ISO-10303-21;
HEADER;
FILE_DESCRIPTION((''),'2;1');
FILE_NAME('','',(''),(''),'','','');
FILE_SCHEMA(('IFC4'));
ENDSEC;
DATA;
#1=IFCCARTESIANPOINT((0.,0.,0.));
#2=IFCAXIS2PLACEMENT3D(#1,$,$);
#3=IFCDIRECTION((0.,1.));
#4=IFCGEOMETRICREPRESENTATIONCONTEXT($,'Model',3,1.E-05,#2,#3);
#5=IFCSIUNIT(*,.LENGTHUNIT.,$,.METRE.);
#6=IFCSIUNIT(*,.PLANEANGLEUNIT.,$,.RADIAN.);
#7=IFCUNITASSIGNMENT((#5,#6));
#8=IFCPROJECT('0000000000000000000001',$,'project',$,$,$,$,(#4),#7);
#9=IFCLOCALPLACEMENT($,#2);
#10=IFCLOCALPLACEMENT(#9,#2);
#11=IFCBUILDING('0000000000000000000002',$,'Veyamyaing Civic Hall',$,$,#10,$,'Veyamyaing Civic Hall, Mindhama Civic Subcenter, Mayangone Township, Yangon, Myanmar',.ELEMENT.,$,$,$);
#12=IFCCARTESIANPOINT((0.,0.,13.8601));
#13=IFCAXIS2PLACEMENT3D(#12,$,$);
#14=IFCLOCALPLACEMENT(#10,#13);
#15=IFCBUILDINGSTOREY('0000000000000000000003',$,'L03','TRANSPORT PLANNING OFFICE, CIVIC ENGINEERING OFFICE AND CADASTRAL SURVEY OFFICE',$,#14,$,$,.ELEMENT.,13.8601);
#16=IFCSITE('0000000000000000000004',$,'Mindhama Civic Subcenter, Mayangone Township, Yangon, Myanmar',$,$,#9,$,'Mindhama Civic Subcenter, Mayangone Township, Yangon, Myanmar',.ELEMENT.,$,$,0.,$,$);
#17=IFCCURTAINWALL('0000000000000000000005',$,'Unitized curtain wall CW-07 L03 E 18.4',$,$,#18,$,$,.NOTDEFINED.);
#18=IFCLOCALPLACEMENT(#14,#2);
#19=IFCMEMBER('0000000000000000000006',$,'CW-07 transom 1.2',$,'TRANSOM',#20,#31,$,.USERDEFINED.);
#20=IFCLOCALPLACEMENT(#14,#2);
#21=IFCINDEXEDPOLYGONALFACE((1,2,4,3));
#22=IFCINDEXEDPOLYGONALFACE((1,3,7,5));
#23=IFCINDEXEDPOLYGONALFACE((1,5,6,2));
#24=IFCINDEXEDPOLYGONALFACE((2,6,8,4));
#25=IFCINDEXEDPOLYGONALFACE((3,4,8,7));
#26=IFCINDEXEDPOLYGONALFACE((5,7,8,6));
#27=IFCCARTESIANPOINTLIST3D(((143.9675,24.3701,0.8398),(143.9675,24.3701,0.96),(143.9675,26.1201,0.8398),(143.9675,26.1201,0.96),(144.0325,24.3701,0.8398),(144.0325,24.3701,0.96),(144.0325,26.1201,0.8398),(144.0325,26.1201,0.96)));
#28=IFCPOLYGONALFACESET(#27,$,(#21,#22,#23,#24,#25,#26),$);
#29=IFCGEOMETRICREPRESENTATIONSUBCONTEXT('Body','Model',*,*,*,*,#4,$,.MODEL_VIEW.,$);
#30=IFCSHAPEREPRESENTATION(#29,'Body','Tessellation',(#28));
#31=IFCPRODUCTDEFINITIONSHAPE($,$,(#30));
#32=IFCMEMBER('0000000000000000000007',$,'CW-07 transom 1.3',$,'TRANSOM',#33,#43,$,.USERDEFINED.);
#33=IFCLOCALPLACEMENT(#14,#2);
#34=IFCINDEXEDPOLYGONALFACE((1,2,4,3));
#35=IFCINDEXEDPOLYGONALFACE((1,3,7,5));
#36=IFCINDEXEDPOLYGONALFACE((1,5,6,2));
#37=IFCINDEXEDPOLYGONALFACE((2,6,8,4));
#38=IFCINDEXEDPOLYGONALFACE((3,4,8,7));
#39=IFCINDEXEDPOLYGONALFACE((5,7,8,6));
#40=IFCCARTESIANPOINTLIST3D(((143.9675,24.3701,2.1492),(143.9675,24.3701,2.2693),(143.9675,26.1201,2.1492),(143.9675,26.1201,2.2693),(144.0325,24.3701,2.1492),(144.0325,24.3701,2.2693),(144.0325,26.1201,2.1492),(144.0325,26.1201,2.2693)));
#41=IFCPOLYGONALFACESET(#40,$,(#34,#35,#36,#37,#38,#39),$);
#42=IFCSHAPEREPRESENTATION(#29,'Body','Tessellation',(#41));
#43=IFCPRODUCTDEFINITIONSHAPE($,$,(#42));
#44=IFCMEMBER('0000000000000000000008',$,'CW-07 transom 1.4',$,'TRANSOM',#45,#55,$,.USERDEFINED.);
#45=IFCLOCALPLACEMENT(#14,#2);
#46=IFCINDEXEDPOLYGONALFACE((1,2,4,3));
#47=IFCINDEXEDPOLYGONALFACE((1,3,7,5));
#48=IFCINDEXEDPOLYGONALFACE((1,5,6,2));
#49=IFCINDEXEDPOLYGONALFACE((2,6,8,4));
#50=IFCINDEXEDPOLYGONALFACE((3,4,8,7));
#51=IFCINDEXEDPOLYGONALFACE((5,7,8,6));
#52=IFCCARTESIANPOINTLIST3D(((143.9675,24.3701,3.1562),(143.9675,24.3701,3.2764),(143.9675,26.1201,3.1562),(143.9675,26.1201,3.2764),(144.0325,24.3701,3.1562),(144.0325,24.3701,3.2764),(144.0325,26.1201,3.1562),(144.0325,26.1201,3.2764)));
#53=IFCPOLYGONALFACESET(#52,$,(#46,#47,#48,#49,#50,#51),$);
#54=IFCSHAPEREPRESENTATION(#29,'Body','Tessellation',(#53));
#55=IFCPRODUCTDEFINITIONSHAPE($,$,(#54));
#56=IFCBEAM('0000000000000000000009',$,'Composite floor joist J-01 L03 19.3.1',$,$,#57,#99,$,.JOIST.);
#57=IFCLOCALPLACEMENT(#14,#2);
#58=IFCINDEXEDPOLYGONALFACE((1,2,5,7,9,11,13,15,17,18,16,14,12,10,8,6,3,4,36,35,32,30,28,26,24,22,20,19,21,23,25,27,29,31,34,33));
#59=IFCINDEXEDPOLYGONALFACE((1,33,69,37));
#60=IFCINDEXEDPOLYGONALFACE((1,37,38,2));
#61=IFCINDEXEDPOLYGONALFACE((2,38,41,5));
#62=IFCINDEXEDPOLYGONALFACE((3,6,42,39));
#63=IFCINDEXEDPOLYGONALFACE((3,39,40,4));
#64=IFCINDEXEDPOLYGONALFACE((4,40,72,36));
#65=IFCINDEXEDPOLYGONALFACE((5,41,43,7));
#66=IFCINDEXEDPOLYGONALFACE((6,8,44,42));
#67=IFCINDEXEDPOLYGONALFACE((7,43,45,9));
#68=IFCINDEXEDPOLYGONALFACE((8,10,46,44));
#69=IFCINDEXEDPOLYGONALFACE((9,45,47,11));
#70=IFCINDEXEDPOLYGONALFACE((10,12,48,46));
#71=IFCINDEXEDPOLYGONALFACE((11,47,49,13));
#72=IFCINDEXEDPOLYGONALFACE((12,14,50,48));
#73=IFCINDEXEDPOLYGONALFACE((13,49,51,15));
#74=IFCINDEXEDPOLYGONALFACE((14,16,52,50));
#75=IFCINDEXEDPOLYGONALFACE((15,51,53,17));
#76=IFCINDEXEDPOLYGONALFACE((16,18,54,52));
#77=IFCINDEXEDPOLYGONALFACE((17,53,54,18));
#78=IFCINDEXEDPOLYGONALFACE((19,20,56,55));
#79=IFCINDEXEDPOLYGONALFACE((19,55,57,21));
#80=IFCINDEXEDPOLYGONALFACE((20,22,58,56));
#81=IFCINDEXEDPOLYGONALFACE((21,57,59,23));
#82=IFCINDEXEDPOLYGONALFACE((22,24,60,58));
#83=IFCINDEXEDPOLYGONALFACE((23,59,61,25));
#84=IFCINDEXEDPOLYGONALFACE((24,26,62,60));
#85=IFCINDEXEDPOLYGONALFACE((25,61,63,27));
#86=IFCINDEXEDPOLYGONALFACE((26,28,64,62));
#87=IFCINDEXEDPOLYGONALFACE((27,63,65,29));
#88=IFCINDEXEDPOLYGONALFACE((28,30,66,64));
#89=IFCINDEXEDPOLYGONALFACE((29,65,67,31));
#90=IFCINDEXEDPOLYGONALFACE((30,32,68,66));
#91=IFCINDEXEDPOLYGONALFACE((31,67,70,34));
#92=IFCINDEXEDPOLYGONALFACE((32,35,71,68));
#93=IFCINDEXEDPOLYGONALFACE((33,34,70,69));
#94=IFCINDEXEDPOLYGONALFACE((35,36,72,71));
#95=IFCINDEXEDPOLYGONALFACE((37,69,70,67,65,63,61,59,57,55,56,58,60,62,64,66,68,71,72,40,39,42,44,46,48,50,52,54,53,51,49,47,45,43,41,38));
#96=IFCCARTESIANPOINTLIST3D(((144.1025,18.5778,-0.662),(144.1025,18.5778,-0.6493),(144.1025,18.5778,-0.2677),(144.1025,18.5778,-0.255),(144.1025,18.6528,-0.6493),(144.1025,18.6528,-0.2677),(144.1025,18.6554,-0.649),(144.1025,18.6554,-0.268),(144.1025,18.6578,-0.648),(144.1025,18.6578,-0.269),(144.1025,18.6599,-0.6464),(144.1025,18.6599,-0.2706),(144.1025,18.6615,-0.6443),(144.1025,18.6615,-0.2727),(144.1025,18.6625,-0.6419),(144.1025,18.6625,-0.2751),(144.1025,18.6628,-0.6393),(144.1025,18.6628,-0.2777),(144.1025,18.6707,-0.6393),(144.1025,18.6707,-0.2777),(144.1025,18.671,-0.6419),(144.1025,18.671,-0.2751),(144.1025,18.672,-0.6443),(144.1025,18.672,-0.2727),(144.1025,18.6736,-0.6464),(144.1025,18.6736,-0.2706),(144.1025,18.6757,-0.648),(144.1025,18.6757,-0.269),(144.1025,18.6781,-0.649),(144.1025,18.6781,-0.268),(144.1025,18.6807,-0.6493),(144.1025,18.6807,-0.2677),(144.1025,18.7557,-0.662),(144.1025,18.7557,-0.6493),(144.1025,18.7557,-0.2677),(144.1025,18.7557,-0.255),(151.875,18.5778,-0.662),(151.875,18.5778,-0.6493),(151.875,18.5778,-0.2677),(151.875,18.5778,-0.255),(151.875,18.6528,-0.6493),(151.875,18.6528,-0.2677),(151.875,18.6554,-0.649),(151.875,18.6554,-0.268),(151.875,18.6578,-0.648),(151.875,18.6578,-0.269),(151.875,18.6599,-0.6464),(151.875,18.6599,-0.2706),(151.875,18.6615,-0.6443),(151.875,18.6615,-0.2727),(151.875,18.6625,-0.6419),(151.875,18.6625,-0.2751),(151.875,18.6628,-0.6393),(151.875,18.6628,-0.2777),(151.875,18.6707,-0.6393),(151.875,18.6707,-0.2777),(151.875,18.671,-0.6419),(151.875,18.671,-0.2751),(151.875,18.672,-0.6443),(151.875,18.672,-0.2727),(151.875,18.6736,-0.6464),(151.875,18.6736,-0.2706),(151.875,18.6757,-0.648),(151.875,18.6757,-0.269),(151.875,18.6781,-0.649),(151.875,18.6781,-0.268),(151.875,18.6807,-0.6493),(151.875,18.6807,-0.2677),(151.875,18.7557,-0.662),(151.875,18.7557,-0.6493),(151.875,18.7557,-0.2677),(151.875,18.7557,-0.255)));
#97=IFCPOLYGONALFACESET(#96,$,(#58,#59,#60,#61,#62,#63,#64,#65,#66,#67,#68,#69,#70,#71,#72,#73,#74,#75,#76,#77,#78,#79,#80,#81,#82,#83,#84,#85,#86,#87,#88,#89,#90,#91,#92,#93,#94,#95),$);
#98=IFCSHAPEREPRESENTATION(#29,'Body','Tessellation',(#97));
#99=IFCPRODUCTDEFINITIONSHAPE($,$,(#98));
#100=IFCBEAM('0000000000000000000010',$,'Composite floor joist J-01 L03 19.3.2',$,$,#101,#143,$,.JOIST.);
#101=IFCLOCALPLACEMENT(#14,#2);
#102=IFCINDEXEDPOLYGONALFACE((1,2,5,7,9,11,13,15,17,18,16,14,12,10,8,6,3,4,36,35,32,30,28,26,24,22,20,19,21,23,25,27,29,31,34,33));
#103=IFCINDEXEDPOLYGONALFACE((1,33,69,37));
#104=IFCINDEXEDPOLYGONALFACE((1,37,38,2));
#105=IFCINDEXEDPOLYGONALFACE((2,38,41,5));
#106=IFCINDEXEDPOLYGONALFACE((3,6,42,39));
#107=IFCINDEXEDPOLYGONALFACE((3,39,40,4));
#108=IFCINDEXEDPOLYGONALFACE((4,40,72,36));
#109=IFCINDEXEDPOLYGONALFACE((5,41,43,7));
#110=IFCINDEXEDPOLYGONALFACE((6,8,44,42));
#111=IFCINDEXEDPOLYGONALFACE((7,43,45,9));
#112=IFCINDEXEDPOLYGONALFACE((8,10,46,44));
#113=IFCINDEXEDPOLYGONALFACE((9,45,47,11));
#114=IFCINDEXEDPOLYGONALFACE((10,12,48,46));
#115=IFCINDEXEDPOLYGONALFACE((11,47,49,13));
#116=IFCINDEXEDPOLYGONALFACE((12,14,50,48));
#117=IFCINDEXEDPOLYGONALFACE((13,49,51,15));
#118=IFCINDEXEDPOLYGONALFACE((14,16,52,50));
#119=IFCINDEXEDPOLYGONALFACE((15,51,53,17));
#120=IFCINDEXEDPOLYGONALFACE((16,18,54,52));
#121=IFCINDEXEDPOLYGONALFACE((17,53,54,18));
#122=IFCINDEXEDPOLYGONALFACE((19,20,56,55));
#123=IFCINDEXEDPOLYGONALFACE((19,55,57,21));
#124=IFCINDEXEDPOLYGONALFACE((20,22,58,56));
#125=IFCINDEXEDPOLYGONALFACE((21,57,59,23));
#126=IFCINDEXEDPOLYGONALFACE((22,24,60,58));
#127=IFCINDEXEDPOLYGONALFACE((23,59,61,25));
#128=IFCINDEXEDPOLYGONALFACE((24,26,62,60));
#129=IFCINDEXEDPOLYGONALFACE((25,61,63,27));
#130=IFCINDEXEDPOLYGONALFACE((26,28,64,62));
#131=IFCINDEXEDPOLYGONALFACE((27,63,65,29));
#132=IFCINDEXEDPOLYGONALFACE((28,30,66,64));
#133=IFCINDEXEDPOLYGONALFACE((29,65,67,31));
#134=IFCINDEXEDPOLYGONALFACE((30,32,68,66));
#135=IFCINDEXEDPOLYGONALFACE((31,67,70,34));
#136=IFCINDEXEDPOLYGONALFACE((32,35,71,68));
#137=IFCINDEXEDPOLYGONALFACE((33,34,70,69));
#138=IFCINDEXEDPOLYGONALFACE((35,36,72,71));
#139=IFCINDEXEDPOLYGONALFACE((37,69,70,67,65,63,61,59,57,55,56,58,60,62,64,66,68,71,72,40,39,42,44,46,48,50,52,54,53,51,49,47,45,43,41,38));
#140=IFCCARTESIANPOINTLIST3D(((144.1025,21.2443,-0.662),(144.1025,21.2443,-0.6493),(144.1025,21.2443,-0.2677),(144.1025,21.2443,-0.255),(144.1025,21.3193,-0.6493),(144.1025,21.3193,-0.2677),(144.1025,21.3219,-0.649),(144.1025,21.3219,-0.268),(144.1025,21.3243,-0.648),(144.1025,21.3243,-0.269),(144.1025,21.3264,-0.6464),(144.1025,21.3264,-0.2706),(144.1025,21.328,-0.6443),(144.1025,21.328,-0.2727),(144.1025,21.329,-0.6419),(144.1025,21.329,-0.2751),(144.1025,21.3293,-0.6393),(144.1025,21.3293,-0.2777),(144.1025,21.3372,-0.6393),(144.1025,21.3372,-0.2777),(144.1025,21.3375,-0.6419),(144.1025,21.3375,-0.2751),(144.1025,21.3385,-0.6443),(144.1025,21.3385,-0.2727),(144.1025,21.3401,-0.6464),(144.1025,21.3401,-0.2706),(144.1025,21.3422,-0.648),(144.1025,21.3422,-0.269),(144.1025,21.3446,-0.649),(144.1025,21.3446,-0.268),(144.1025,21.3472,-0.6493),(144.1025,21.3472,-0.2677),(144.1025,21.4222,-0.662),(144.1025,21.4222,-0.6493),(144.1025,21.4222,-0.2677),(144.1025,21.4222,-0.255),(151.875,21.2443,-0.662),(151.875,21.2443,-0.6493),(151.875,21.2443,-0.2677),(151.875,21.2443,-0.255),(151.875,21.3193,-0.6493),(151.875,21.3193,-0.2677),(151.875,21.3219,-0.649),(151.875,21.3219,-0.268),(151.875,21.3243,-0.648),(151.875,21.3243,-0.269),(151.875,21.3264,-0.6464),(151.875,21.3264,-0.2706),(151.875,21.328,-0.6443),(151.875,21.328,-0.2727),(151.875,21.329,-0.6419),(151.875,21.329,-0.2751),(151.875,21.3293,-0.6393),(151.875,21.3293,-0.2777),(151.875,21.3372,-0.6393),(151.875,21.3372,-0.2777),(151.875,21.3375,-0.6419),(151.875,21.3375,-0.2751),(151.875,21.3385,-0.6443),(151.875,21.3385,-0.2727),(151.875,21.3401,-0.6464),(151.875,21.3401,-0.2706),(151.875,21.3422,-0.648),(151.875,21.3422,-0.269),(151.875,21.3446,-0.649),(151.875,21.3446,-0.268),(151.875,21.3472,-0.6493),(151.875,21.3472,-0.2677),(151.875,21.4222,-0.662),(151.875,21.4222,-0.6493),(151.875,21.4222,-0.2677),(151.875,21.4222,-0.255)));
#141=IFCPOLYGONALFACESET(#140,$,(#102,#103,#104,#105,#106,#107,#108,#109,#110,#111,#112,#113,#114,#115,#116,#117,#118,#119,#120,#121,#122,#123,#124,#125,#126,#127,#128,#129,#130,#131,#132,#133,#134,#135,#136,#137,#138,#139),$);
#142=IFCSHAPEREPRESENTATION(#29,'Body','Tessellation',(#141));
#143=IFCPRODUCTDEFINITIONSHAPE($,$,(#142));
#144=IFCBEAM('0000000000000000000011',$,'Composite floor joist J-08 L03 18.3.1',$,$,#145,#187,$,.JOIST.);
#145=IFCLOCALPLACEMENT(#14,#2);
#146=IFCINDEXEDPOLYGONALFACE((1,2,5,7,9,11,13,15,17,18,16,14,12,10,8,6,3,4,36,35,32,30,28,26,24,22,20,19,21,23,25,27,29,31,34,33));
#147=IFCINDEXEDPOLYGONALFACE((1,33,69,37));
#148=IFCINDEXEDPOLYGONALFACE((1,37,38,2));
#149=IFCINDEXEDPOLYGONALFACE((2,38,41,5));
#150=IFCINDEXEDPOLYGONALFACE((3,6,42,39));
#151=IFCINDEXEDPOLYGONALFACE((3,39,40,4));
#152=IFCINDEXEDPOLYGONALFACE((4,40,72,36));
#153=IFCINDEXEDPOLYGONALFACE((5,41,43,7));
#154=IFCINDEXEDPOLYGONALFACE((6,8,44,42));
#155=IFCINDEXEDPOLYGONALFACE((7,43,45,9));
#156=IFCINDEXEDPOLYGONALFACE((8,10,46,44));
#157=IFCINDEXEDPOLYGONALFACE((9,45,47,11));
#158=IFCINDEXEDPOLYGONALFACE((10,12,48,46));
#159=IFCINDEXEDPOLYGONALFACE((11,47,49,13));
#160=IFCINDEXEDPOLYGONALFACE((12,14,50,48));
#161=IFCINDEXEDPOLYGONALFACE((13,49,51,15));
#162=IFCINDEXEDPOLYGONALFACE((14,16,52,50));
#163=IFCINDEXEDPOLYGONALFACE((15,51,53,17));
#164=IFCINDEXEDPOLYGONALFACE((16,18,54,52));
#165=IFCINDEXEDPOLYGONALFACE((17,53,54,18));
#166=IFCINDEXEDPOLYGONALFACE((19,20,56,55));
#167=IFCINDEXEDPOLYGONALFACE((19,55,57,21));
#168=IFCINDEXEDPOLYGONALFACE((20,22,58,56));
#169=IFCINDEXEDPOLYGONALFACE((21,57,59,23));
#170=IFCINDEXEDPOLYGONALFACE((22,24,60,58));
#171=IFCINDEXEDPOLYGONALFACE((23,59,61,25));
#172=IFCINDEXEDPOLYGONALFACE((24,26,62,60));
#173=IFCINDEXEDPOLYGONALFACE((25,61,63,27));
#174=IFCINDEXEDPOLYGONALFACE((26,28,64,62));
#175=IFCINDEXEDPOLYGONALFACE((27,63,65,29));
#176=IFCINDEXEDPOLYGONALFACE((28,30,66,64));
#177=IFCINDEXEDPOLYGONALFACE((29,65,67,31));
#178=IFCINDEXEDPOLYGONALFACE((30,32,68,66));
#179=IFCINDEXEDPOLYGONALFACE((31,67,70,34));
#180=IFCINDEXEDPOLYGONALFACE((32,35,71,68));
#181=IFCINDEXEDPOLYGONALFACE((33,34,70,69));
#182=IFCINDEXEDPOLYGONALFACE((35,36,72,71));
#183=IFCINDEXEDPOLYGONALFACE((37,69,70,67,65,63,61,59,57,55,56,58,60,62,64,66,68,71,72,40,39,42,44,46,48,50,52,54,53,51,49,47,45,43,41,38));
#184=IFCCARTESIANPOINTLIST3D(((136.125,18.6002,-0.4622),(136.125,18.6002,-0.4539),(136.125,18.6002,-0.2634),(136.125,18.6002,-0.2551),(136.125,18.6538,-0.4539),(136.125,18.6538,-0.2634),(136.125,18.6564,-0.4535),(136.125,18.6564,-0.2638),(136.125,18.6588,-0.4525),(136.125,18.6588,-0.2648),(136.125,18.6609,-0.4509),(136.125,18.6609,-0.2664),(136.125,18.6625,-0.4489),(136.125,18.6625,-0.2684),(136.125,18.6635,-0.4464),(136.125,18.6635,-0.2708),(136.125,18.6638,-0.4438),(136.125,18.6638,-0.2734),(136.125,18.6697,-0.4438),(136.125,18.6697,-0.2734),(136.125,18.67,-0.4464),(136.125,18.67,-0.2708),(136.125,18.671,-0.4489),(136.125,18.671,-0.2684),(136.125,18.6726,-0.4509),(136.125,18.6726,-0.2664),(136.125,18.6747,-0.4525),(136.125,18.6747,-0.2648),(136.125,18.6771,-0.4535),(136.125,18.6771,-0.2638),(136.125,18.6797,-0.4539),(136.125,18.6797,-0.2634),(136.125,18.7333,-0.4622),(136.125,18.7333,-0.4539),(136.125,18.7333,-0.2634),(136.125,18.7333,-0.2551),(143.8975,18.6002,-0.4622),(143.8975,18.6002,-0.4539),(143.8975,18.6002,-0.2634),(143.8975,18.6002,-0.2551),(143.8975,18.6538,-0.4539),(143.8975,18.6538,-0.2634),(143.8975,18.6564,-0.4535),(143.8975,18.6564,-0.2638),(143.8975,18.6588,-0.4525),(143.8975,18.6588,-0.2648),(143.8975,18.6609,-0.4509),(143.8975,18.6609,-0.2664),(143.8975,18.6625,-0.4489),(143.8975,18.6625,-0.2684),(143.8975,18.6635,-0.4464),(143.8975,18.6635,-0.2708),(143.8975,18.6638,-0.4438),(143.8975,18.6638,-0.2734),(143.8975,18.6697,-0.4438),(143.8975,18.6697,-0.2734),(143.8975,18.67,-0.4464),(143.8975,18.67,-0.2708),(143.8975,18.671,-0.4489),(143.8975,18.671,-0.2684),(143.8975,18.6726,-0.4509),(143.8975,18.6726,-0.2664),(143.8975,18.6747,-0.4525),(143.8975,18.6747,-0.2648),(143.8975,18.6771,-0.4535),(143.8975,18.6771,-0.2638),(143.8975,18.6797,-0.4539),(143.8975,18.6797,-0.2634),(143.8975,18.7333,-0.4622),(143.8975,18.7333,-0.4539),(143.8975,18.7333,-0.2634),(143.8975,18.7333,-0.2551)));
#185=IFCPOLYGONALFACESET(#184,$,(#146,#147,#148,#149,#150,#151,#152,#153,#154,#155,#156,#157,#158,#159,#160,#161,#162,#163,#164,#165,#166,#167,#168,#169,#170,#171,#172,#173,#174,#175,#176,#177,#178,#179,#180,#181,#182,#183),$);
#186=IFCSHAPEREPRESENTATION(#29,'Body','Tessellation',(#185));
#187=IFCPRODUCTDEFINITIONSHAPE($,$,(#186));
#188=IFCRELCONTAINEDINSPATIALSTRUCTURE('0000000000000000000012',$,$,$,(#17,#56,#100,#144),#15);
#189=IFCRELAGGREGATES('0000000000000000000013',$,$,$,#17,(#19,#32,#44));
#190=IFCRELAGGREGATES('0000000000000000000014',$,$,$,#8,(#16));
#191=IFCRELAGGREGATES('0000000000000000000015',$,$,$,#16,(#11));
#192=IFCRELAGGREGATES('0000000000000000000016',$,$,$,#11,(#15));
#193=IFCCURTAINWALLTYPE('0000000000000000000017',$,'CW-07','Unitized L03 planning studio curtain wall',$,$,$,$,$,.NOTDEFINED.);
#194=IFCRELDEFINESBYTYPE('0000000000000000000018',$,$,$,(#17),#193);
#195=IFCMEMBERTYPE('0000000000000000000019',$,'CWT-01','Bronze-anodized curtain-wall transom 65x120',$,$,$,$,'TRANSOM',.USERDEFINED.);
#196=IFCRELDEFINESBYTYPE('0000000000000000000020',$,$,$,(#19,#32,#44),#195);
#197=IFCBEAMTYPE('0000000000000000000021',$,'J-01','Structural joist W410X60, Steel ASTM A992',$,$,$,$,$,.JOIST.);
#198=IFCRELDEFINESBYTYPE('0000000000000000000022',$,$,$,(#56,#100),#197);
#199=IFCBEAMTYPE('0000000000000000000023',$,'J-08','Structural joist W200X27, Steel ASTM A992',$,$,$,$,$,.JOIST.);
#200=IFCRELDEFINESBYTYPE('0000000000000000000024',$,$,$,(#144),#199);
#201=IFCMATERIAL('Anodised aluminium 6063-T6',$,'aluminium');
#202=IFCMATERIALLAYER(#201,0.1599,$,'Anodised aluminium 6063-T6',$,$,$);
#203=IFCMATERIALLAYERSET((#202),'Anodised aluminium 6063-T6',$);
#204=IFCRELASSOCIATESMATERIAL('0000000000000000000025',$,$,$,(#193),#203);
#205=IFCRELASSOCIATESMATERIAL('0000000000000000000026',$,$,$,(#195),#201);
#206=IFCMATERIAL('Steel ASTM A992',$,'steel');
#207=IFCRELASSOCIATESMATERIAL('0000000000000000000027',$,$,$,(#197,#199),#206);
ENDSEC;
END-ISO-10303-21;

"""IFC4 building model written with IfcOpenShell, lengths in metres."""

from ifc_helpers import new_model, si_unit, direction, frame, origin, origin_2d, place, context, subcontext, project, spatial, rectangle, i_section, extrude, material, layer, layer_set, material_profile, profile_set, type_object, element, aggregate, save


model = new_model("IFC4")

# Units and contexts
model_context = context("Model", 3, precision=1e-05, world=origin(), true_north=direction((0.0, 1.0)))
body_context = subcontext(model_context, "Body", "Model", "MODEL_VIEW")
ifc_project = project(units=[si_unit("LENGTHUNIT", "METRE"), si_unit("PLANEANGLEUNIT", "RADIAN")], contexts=[model_context])

# Site, building, storey
site_placement = place(None, origin())
site = spatial("IfcSite", under=ifc_project, at=site_placement, Name="Mindhama Civic Subcenter, Mayangone Township, Yangon, Myanmar", LongName="Mindhama Civic Subcenter, Mayangone Township, Yangon, Myanmar", CompositionType="ELEMENT", RefElevation=0.0)
building_placement = place(site_placement, origin())
building = spatial("IfcBuilding", under=site, at=building_placement, Name="Veyamyaing Civic Hall", LongName="Veyamyaing Civic Hall, Mindhama Civic Subcenter, Mayangone Township, Yangon, Myanmar", CompositionType="ELEMENT")
storey_placement = place(building_placement, frame((0.0, 0.0, 13.8601)))
storey = spatial("IfcBuildingStorey", under=building, at=storey_placement, Name="L03", Description="TRANSPORT PLANNING OFFICE, CIVIC ENGINEERING OFFICE AND CADASTRAL SURVEY OFFICE", CompositionType="ELEMENT", Elevation=13.8601)

# Shared definitions
ifc_material_1 = material(Name="Steel ASTM A992", Category="steel")

# Curtain wall
ifc_material_2 = material(Name="Anodised aluminium 6063-T6", Category="aluminium")
ifc_layer_1 = layer(ifc_material_2, 0.1599, Name="Anodised aluminium 6063-T6")
ifc_layer_set_1 = layer_set([ifc_layer_1], Name="Anodised aluminium 6063-T6")
curtain_wall_type = type_object("IfcCurtainWallType", Name="CW-07", Description="Unitized L03 planning studio curtain wall", PredefinedType="NOTDEFINED", material=ifc_layer_set_1)
curtain_wall_1_placement = place(storey_placement, origin())
curtain_wall_1 = element("IfcCurtainWall", 1, at=curtain_wall_1_placement, inside=storey, type_object=curtain_wall_type, Name="Unitized curtain wall CW-07 L03 E 18.4", PredefinedType="NOTDEFINED")

# Members
ifc_material_profile_1 = material_profile(ifc_material_2, rectangle(XDim=0.0649, YDim=0.1201, at=origin_2d()), Name="ALU-TRN-65X120")
ifc_profile_set_1 = profile_set([ifc_material_profile_1], Name="Anodised aluminium 6063-T6")
member_type_1 = type_object("IfcMemberType", Name="CWT-01", Description="Bronze-anodized curtain-wall transom 65x120", ElementType="TRANSOM", PredefinedType="USERDEFINED", material=ifc_profile_set_1)
member_1_placement = place(storey_placement, frame((144.0, 24.3701, 0.8999), z_axis=(0.0, 1.0, 0.0), x_axis=(-1.0, 0.0, 0.0)))
member_1 = element("IfcMember", 2, at=member_1_placement, type_object=member_type_1, Name="CW-07 transom 1.2", ObjectType="TRANSOM", PredefinedType="USERDEFINED", context=body_context, shape_type="SweptSolid", body=[
    extrude(rectangle(XDim=0.0649, YDim=0.1201, at=origin_2d()), origin(), (0.0, 0.0, 1.0), 1.75),
])
member_2_placement = place(storey_placement, frame((144.0, 24.3701, 2.2092), z_axis=(0.0, 1.0, 0.0), x_axis=(-1.0, 0.0, 0.0)))
member_2 = element("IfcMember", 3, at=member_2_placement, type_object=member_type_1, Name="CW-07 transom 1.3", ObjectType="TRANSOM", PredefinedType="USERDEFINED", context=body_context, shape_type="SweptSolid", body=[
    extrude(rectangle(XDim=0.0649, YDim=0.1201, at=origin_2d()), origin(), (0.0, 0.0, 1.0), 1.75),
])
member_3_placement = place(storey_placement, frame((144.0, 24.3701, 3.2163), z_axis=(0.0, 1.0, 0.0), x_axis=(-1.0, 0.0, 0.0)))
member_3 = element("IfcMember", 4, at=member_3_placement, type_object=member_type_1, Name="CW-07 transom 1.4", ObjectType="TRANSOM", PredefinedType="USERDEFINED", context=body_context, shape_type="SweptSolid", body=[
    extrude(rectangle(XDim=0.0649, YDim=0.1201, at=origin_2d()), origin(), (0.0, 0.0, 1.0), 1.75),
])
aggregate(curtain_wall_1, [member_1, member_2, member_3])

# Beams
ifc_material_profile_2 = material_profile(ifc_material_1, i_section(OverallWidth=0.178, OverallDepth=0.407, WebThickness=0.0078, FlangeThickness=0.0127, FilletRadius=0.01, at=origin_2d()), Name="W410X60")
ifc_profile_set_2 = profile_set([ifc_material_profile_2], Name="Steel ASTM A992")
beam_type_1 = type_object("IfcBeamType", Name="J-01", Description="Structural joist W410X60, Steel ASTM A992", PredefinedType="JOIST", material=ifc_profile_set_2)
for number, where, z_axis, x_axis, name in (
    (5, (144.1025, 18.6667, -0.4585), (1.0, 0.0, 0.0), (0.0, 1.0, 0.0), "Composite floor joist J-01 L03 19.3.1"),
    (6, (144.1025, 21.3333, -0.4585), (1.0, 0.0, 0.0), (0.0, 1.0, 0.0), "Composite floor joist J-01 L03 19.3.2"),
):
    element("IfcBeam", number, at=place(storey_placement, frame(where, z_axis=z_axis, x_axis=x_axis)), inside=storey, type_object=beam_type_1, Name=name, PredefinedType="JOIST", context=body_context, shape_type="SweptSolid", body=[
        extrude(i_section(OverallWidth=0.178, OverallDepth=0.407, WebThickness=0.0078, FlangeThickness=0.0127, FilletRadius=0.01, at=origin_2d()), origin(), (0.0, 0.0, 1.0), 7.7725),
    ])
ifc_material_profile_3 = material_profile(ifc_material_1, i_section(OverallWidth=0.1331, OverallDepth=0.207, WebThickness=0.0059, FlangeThickness=0.0083, FilletRadius=0.01, at=origin_2d()), Name="W200X27")
ifc_profile_set_3 = profile_set([ifc_material_profile_3], Name="Steel ASTM A992")
beam_type_2 = type_object("IfcBeamType", Name="J-08", Description="Structural joist W200X27, Steel ASTM A992", PredefinedType="JOIST", material=ifc_profile_set_3)
for number, where, z_axis, x_axis, name in (
    (7, (136.125, 18.6667, -0.3586), (1.0, 0.0, 0.0), (0.0, 1.0, 0.0), "Composite floor joist J-08 L03 18.3.1"),
):
    element("IfcBeam", number, at=place(storey_placement, frame(where, z_axis=z_axis, x_axis=x_axis)), inside=storey, type_object=beam_type_2, Name=name, PredefinedType="JOIST", context=body_context, shape_type="SweptSolid", body=[
        extrude(i_section(OverallWidth=0.1331, OverallDepth=0.207, WebThickness=0.0059, FlangeThickness=0.0083, FilletRadius=0.01, at=origin_2d()), origin(), (0.0, 0.0, 1.0), 7.7725),
    ])

save(model, "model.ifc")
